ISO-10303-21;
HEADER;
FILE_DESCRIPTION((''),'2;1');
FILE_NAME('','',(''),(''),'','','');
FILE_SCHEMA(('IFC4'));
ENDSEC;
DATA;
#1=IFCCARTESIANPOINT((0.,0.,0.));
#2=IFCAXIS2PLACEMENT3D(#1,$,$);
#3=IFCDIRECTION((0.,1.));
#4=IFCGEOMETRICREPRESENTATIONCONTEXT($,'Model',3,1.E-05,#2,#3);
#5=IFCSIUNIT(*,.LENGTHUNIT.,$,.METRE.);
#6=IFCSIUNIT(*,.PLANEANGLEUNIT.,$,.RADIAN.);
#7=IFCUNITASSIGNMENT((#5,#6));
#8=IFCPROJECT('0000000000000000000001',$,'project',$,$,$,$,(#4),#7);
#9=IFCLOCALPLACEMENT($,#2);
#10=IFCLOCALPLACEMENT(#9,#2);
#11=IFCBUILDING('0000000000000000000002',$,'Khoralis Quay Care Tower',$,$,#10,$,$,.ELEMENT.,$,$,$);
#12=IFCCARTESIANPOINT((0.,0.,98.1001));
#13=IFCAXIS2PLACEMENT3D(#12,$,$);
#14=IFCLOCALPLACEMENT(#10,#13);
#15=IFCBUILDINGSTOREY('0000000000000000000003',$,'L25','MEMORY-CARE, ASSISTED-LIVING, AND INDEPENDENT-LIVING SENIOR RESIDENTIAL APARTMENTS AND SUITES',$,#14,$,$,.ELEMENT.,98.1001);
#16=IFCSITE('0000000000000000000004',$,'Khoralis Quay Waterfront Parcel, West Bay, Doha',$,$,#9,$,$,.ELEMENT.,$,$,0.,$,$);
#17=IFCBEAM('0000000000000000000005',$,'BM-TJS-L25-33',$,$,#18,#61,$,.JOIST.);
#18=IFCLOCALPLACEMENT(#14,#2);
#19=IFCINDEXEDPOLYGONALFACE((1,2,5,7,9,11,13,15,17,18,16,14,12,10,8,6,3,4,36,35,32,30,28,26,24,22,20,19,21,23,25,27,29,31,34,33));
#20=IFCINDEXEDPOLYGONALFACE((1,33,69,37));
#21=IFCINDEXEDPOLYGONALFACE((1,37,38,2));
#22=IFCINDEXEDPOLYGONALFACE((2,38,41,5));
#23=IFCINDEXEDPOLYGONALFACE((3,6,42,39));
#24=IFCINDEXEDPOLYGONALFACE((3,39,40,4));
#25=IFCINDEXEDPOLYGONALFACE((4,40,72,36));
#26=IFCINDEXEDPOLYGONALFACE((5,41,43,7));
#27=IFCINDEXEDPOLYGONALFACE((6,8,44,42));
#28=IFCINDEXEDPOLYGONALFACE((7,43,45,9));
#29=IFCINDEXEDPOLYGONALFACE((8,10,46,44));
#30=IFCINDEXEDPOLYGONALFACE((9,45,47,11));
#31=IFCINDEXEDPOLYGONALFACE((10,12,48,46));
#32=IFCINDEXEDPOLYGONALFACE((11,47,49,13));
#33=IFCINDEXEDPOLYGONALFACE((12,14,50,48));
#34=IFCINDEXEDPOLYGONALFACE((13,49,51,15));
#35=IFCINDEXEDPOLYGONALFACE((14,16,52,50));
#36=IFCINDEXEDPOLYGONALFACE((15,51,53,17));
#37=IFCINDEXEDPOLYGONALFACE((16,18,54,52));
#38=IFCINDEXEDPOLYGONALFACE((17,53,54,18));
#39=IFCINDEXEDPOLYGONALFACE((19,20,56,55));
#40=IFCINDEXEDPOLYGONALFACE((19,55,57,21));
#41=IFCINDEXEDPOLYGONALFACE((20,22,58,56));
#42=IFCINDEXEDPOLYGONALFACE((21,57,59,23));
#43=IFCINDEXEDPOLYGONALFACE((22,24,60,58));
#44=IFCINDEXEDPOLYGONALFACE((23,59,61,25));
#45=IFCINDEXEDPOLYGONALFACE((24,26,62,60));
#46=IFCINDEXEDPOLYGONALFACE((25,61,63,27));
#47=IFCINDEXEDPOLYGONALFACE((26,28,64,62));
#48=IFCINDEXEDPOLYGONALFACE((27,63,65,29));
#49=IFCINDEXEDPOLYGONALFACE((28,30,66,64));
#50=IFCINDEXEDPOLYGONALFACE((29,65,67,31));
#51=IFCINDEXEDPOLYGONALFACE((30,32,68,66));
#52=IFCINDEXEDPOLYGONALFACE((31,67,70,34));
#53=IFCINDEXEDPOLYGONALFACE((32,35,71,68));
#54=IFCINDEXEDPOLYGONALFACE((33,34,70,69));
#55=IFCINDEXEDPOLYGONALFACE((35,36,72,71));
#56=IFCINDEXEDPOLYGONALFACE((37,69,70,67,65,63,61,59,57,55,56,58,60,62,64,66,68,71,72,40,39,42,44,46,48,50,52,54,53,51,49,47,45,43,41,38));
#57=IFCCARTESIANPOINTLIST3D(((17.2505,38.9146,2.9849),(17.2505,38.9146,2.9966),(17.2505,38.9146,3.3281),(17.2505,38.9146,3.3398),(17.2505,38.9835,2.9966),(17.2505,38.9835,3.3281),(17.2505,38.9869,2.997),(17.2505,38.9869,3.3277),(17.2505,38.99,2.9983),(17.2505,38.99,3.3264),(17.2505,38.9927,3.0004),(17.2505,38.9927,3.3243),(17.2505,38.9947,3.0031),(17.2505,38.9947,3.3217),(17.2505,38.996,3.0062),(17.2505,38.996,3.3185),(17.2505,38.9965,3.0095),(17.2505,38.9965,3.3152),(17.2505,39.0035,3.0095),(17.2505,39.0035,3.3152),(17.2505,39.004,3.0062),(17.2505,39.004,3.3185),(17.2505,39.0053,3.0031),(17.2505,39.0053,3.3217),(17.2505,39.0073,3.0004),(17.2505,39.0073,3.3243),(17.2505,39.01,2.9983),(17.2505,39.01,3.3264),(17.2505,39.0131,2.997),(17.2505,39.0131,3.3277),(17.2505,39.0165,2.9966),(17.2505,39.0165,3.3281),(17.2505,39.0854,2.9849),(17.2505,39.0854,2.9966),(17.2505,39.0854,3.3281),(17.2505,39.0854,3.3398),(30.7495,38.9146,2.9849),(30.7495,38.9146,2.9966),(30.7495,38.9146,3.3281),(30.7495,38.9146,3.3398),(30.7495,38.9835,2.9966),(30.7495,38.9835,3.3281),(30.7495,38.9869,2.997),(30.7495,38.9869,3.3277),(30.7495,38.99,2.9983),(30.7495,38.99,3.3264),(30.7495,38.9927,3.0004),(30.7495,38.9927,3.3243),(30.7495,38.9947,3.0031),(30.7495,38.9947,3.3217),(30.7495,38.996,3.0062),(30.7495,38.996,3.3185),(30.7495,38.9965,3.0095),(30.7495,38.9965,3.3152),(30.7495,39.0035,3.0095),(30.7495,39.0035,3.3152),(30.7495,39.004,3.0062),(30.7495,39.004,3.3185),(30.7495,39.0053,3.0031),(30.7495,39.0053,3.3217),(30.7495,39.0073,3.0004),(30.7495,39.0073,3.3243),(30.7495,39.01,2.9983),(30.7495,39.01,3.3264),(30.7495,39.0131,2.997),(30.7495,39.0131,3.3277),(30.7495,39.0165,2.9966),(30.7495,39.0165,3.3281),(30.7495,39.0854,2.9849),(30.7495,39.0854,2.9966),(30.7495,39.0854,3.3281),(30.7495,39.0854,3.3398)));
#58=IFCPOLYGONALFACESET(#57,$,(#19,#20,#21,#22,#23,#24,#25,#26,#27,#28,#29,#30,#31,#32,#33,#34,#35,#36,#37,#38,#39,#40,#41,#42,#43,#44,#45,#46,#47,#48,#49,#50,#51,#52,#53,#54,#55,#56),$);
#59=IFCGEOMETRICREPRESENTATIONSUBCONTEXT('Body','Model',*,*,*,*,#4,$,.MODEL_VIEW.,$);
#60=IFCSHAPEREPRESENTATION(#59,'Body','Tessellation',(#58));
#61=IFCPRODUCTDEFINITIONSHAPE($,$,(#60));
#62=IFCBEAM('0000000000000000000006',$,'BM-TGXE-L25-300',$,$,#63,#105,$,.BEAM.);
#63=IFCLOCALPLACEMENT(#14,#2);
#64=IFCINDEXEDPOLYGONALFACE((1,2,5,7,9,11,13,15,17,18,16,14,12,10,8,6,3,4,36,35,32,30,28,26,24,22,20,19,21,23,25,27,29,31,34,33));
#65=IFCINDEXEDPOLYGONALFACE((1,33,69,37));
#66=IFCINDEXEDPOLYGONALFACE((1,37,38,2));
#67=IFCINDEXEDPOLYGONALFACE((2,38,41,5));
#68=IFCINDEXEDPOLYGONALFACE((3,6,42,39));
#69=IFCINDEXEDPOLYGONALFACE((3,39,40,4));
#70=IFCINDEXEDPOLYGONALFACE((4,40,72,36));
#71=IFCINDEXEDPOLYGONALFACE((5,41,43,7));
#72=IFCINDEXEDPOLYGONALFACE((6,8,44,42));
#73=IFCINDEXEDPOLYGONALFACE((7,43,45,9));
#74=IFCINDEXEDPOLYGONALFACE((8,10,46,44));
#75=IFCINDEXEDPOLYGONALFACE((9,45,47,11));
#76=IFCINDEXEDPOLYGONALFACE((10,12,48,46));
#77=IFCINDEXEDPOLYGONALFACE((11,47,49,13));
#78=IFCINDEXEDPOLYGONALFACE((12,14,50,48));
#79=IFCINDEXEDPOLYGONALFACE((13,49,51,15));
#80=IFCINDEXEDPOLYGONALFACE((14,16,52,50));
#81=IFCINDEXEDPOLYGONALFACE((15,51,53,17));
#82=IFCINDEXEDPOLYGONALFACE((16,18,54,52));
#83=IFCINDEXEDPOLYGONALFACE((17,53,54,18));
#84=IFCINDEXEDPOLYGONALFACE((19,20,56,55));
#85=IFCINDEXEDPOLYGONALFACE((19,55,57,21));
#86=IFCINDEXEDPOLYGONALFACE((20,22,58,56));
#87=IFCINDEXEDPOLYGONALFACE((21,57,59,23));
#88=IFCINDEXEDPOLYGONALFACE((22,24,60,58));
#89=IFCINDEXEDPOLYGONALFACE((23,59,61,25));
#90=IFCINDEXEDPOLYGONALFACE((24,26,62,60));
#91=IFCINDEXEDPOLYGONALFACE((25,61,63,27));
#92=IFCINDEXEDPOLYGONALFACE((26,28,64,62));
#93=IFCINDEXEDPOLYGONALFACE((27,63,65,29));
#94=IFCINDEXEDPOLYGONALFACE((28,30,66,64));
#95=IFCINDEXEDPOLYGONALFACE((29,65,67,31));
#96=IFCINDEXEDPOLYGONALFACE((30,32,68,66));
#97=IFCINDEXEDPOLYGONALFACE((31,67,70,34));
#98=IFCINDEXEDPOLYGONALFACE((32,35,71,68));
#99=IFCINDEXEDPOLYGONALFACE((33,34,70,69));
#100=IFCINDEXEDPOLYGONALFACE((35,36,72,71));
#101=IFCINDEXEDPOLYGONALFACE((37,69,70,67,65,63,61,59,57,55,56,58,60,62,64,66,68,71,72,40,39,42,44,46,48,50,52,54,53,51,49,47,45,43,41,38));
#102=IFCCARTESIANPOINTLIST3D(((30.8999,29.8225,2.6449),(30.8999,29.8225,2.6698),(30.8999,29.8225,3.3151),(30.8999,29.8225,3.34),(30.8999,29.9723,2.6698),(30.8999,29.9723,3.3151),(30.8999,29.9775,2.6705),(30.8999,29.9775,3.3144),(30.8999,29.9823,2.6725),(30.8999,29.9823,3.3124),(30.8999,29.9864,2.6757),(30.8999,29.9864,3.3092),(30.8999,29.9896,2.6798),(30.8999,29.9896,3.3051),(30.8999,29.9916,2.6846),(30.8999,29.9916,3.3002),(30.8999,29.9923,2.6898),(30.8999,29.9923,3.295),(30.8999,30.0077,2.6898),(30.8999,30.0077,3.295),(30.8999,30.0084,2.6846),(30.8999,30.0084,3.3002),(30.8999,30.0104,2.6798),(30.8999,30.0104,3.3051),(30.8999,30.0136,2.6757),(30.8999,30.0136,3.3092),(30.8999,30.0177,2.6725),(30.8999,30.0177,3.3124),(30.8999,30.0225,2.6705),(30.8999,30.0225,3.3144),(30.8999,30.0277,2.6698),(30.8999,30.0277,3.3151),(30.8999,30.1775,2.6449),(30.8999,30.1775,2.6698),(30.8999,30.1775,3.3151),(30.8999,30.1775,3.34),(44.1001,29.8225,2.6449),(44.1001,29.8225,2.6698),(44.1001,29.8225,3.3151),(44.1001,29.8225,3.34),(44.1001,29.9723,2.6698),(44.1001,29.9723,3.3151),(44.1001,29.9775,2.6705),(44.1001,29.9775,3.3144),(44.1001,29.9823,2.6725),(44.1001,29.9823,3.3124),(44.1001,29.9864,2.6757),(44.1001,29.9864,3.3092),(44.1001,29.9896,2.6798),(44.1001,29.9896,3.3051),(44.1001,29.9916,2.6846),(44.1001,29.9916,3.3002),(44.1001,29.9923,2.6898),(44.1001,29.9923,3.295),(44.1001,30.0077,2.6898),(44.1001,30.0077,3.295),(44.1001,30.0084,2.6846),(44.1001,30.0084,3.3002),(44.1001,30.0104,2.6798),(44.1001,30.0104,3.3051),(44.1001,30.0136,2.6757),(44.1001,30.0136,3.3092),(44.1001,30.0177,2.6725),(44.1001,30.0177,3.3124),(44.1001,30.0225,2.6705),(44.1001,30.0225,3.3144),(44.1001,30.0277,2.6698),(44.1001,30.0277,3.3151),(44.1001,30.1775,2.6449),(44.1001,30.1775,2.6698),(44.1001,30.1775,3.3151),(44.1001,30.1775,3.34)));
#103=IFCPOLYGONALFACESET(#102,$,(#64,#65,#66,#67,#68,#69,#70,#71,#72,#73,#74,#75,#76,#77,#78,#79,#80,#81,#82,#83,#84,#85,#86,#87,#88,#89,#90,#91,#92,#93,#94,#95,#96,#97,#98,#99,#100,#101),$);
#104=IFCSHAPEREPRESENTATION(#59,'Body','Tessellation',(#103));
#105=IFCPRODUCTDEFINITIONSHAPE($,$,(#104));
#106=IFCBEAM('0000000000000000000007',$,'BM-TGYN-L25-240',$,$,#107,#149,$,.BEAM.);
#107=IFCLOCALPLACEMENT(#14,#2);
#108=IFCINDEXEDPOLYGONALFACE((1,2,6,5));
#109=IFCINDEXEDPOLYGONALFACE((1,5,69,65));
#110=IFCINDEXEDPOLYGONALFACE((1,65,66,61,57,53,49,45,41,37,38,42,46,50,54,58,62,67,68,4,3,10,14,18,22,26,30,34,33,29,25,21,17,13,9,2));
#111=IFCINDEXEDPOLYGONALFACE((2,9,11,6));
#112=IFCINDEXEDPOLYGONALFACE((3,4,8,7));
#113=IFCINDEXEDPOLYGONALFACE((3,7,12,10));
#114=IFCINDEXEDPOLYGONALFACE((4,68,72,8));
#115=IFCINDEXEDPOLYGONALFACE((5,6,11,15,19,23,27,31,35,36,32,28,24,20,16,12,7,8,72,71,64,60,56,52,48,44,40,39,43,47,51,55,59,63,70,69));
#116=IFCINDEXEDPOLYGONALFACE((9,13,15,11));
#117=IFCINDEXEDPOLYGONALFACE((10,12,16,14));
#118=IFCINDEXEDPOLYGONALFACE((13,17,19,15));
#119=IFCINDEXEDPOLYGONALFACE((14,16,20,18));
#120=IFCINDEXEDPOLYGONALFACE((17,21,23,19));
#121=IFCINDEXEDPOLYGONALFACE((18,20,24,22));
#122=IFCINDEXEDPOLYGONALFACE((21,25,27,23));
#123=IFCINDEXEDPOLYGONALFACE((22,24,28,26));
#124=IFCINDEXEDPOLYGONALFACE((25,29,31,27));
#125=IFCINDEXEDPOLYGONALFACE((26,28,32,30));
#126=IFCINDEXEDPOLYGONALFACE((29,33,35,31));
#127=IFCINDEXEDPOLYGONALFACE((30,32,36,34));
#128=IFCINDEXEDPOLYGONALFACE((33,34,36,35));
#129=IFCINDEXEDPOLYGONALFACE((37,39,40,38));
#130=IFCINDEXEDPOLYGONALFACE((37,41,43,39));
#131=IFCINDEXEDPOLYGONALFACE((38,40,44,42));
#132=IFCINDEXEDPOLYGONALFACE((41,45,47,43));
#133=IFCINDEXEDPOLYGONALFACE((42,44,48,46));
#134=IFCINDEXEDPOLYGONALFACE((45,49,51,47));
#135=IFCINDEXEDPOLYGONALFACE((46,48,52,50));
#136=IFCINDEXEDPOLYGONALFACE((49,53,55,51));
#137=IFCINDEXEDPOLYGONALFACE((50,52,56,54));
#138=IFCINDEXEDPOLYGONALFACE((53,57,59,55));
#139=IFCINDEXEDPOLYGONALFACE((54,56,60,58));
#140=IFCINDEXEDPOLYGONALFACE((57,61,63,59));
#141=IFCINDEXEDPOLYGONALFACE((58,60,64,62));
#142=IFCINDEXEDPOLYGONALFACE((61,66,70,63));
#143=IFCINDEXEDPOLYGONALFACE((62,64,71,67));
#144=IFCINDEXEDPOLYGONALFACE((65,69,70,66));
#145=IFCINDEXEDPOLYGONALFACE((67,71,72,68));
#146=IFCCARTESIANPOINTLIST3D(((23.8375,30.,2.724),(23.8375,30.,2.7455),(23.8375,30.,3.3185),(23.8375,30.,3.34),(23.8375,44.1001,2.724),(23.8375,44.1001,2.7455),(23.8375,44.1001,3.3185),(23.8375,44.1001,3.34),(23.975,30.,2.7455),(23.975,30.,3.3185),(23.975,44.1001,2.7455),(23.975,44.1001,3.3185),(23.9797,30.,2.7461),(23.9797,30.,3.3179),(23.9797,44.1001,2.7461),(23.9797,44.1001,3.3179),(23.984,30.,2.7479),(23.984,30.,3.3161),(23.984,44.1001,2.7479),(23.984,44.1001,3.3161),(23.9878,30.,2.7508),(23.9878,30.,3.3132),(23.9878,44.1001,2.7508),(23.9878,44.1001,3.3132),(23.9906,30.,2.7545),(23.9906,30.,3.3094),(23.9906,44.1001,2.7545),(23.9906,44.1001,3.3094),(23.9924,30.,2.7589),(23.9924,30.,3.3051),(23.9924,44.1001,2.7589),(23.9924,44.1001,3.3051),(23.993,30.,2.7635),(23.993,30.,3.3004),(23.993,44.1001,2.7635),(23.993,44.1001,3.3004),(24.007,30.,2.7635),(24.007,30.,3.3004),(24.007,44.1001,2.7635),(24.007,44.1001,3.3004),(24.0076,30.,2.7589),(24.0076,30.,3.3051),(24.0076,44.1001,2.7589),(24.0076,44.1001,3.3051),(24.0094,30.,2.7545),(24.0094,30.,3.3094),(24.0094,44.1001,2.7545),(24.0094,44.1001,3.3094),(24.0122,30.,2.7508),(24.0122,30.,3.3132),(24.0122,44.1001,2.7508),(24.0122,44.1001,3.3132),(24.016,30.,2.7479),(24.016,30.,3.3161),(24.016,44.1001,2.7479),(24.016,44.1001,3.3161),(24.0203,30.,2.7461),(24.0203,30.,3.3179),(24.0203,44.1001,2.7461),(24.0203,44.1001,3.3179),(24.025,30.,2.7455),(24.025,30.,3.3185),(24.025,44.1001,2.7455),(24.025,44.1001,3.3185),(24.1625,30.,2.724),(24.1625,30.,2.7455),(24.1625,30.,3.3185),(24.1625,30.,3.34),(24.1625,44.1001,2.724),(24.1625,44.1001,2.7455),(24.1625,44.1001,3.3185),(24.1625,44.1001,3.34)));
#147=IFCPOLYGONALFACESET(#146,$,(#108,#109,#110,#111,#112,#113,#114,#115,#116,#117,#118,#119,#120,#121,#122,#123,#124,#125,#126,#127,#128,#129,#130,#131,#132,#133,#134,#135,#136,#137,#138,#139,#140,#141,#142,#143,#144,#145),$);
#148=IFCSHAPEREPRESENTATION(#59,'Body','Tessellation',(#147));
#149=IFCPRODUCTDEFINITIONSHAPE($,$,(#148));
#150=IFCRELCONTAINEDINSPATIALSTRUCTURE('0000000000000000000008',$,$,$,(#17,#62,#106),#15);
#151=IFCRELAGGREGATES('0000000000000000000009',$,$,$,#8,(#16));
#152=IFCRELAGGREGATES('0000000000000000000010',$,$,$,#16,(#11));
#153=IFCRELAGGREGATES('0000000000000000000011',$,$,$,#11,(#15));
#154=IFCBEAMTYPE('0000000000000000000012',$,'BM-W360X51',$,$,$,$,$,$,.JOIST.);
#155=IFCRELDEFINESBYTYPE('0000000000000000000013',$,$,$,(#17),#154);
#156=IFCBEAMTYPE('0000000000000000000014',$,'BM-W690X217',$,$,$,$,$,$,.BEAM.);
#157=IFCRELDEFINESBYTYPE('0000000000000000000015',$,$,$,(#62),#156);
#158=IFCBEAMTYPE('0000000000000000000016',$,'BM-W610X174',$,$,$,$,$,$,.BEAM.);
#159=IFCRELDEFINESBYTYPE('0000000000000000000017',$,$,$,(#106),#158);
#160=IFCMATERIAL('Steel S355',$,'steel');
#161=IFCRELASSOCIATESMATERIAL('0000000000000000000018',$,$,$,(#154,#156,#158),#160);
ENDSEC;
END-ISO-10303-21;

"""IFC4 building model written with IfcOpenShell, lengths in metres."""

from ifc_helpers import new_model, si_unit, direction, frame, origin, origin_2d, place, context, subcontext, project, spatial, i_section, extrude, source, transform, mapped, material, material_profile, profile_set, type_object, element, save


model = new_model("IFC4")

# Units and contexts
model_context = context("Model", 3, precision=1e-05, world=origin(), true_north=direction((0.0, 1.0)))
body_context = subcontext(model_context, "Body", "Model", "MODEL_VIEW")
ifc_project = project(units=[si_unit("LENGTHUNIT", "METRE"), si_unit("PLANEANGLEUNIT", "RADIAN")], contexts=[model_context])

# Site, building, storey
site_placement = place(None, origin())
site = spatial("IfcSite", under=ifc_project, at=site_placement, Name="Khoralis Quay Waterfront Parcel, West Bay, Doha", CompositionType="ELEMENT", RefElevation=0.0)
building_placement = place(site_placement, origin())
building = spatial("IfcBuilding", under=site, at=building_placement, Name="Khoralis Quay Care Tower", CompositionType="ELEMENT")
storey_placement = place(building_placement, frame((0.0, 0.0, 98.1001)))
storey = spatial("IfcBuildingStorey", under=building, at=storey_placement, Name="L25", Description="MEMORY-CARE, ASSISTED-LIVING, AND INDEPENDENT-LIVING SENIOR RESIDENTIAL APARTMENTS AND SUITES", CompositionType="ELEMENT", Elevation=98.1001)

# Beams
ifc_material_1 = material(Name="Steel S355", Category="steel")
ifc_material_profile_1 = material_profile(ifc_material_1, i_section(OverallWidth=0.1709, OverallDepth=0.355, WebThickness=0.0071, FlangeThickness=0.0117, FilletRadius=0.0129, at=origin_2d()), Name="Steel S355")
ifc_profile_set_1 = profile_set([ifc_material_profile_1], Name="Steel S355")
beam_type_1 = type_object("IfcBeamType", Name="BM-W360X51", PredefinedType="JOIST", material=ifc_profile_set_1)
shared_shape_1 = source(origin(), body_context, "Body", "SweptSolid", [
    extrude(i_section(OverallWidth=0.1709, OverallDepth=0.355, WebThickness=0.0071, FlangeThickness=0.0117, FilletRadius=0.0129, at=origin_2d()), origin(), (0.0, 0.0, 1.0), 13.499),
])
for number, where, z_axis, x_axis, name in (
    (1, (17.2505, 39.0, 3.1624), (1.0, 0.0, 0.0), (0.0, 1.0, 0.0), "BM-TJS-L25-33"),
):
    element("IfcBeam", number, at=place(storey_placement, frame(where, z_axis=z_axis, x_axis=x_axis)), inside=storey, type_object=beam_type_1, Name=name, PredefinedType="JOIST", context=body_context, shape_type="MappedRepresentation", body=[
        mapped(shared_shape_1, transform((0.0, 0.0, 0.0), scale=1.0)),
    ])
ifc_material_profile_2 = material_profile(ifc_material_1, i_section(OverallWidth=0.355, OverallDepth=0.6951, WebThickness=0.0154, FlangeThickness=0.0249, FilletRadius=0.02, at=origin_2d()), Name="Steel S355")
ifc_profile_set_2 = profile_set([ifc_material_profile_2], Name="Steel S355")
beam_type_2 = type_object("IfcBeamType", Name="BM-W690X217", PredefinedType="BEAM", material=ifc_profile_set_2)
shared_shape_2 = source(origin(), body_context, "Body", "SweptSolid", [
    extrude(i_section(OverallWidth=0.355, OverallDepth=0.6951, WebThickness=0.0154, FlangeThickness=0.0249, FilletRadius=0.02, at=origin_2d()), origin(), (0.0, 0.0, 1.0), 13.2002),
])
beam_1_placement = place(storey_placement, frame((30.8999, 30.0, 2.9924), z_axis=(1.0, 0.0, 0.0), x_axis=(0.0, 1.0, 0.0)))
element("IfcBeam", 2, at=beam_1_placement, inside=storey, type_object=beam_type_2, Name="BM-TGXE-L25-300", PredefinedType="BEAM", context=body_context, shape_type="MappedRepresentation", body=[
    mapped(shared_shape_2, transform((0.0, 0.0, 0.0), scale=1.0)),
])
ifc_material_profile_3 = material_profile(ifc_material_1, i_section(OverallWidth=0.325, OverallDepth=0.616, WebThickness=0.0139, FlangeThickness=0.0215, FilletRadius=0.0181, at=origin_2d()), Name="Steel S355")
ifc_profile_set_3 = profile_set([ifc_material_profile_3], Name="Steel S355")
beam_type_3 = type_object("IfcBeamType", Name="BM-W610X174", PredefinedType="BEAM", material=ifc_profile_set_3)
shared_shape_3 = source(origin(), body_context, "Body", "SweptSolid", [
    extrude(i_section(OverallWidth=0.325, OverallDepth=0.616, WebThickness=0.0139, FlangeThickness=0.0215, FilletRadius=0.0181, at=origin_2d()), origin(), (0.0, 0.0, 1.0), 14.1001),
])
beam_2_placement = place(storey_placement, frame((24.0, 30.0, 3.032), z_axis=(0.0, 1.0, 0.0), x_axis=(-1.0, 0.0, 0.0)))
element("IfcBeam", 3, at=beam_2_placement, inside=storey, type_object=beam_type_3, Name="BM-TGYN-L25-240", PredefinedType="BEAM", context=body_context, shape_type="MappedRepresentation", body=[
    mapped(shared_shape_3, transform((0.0, 0.0, 0.0), scale=1.0)),
])

save(model, "model.ifc")
